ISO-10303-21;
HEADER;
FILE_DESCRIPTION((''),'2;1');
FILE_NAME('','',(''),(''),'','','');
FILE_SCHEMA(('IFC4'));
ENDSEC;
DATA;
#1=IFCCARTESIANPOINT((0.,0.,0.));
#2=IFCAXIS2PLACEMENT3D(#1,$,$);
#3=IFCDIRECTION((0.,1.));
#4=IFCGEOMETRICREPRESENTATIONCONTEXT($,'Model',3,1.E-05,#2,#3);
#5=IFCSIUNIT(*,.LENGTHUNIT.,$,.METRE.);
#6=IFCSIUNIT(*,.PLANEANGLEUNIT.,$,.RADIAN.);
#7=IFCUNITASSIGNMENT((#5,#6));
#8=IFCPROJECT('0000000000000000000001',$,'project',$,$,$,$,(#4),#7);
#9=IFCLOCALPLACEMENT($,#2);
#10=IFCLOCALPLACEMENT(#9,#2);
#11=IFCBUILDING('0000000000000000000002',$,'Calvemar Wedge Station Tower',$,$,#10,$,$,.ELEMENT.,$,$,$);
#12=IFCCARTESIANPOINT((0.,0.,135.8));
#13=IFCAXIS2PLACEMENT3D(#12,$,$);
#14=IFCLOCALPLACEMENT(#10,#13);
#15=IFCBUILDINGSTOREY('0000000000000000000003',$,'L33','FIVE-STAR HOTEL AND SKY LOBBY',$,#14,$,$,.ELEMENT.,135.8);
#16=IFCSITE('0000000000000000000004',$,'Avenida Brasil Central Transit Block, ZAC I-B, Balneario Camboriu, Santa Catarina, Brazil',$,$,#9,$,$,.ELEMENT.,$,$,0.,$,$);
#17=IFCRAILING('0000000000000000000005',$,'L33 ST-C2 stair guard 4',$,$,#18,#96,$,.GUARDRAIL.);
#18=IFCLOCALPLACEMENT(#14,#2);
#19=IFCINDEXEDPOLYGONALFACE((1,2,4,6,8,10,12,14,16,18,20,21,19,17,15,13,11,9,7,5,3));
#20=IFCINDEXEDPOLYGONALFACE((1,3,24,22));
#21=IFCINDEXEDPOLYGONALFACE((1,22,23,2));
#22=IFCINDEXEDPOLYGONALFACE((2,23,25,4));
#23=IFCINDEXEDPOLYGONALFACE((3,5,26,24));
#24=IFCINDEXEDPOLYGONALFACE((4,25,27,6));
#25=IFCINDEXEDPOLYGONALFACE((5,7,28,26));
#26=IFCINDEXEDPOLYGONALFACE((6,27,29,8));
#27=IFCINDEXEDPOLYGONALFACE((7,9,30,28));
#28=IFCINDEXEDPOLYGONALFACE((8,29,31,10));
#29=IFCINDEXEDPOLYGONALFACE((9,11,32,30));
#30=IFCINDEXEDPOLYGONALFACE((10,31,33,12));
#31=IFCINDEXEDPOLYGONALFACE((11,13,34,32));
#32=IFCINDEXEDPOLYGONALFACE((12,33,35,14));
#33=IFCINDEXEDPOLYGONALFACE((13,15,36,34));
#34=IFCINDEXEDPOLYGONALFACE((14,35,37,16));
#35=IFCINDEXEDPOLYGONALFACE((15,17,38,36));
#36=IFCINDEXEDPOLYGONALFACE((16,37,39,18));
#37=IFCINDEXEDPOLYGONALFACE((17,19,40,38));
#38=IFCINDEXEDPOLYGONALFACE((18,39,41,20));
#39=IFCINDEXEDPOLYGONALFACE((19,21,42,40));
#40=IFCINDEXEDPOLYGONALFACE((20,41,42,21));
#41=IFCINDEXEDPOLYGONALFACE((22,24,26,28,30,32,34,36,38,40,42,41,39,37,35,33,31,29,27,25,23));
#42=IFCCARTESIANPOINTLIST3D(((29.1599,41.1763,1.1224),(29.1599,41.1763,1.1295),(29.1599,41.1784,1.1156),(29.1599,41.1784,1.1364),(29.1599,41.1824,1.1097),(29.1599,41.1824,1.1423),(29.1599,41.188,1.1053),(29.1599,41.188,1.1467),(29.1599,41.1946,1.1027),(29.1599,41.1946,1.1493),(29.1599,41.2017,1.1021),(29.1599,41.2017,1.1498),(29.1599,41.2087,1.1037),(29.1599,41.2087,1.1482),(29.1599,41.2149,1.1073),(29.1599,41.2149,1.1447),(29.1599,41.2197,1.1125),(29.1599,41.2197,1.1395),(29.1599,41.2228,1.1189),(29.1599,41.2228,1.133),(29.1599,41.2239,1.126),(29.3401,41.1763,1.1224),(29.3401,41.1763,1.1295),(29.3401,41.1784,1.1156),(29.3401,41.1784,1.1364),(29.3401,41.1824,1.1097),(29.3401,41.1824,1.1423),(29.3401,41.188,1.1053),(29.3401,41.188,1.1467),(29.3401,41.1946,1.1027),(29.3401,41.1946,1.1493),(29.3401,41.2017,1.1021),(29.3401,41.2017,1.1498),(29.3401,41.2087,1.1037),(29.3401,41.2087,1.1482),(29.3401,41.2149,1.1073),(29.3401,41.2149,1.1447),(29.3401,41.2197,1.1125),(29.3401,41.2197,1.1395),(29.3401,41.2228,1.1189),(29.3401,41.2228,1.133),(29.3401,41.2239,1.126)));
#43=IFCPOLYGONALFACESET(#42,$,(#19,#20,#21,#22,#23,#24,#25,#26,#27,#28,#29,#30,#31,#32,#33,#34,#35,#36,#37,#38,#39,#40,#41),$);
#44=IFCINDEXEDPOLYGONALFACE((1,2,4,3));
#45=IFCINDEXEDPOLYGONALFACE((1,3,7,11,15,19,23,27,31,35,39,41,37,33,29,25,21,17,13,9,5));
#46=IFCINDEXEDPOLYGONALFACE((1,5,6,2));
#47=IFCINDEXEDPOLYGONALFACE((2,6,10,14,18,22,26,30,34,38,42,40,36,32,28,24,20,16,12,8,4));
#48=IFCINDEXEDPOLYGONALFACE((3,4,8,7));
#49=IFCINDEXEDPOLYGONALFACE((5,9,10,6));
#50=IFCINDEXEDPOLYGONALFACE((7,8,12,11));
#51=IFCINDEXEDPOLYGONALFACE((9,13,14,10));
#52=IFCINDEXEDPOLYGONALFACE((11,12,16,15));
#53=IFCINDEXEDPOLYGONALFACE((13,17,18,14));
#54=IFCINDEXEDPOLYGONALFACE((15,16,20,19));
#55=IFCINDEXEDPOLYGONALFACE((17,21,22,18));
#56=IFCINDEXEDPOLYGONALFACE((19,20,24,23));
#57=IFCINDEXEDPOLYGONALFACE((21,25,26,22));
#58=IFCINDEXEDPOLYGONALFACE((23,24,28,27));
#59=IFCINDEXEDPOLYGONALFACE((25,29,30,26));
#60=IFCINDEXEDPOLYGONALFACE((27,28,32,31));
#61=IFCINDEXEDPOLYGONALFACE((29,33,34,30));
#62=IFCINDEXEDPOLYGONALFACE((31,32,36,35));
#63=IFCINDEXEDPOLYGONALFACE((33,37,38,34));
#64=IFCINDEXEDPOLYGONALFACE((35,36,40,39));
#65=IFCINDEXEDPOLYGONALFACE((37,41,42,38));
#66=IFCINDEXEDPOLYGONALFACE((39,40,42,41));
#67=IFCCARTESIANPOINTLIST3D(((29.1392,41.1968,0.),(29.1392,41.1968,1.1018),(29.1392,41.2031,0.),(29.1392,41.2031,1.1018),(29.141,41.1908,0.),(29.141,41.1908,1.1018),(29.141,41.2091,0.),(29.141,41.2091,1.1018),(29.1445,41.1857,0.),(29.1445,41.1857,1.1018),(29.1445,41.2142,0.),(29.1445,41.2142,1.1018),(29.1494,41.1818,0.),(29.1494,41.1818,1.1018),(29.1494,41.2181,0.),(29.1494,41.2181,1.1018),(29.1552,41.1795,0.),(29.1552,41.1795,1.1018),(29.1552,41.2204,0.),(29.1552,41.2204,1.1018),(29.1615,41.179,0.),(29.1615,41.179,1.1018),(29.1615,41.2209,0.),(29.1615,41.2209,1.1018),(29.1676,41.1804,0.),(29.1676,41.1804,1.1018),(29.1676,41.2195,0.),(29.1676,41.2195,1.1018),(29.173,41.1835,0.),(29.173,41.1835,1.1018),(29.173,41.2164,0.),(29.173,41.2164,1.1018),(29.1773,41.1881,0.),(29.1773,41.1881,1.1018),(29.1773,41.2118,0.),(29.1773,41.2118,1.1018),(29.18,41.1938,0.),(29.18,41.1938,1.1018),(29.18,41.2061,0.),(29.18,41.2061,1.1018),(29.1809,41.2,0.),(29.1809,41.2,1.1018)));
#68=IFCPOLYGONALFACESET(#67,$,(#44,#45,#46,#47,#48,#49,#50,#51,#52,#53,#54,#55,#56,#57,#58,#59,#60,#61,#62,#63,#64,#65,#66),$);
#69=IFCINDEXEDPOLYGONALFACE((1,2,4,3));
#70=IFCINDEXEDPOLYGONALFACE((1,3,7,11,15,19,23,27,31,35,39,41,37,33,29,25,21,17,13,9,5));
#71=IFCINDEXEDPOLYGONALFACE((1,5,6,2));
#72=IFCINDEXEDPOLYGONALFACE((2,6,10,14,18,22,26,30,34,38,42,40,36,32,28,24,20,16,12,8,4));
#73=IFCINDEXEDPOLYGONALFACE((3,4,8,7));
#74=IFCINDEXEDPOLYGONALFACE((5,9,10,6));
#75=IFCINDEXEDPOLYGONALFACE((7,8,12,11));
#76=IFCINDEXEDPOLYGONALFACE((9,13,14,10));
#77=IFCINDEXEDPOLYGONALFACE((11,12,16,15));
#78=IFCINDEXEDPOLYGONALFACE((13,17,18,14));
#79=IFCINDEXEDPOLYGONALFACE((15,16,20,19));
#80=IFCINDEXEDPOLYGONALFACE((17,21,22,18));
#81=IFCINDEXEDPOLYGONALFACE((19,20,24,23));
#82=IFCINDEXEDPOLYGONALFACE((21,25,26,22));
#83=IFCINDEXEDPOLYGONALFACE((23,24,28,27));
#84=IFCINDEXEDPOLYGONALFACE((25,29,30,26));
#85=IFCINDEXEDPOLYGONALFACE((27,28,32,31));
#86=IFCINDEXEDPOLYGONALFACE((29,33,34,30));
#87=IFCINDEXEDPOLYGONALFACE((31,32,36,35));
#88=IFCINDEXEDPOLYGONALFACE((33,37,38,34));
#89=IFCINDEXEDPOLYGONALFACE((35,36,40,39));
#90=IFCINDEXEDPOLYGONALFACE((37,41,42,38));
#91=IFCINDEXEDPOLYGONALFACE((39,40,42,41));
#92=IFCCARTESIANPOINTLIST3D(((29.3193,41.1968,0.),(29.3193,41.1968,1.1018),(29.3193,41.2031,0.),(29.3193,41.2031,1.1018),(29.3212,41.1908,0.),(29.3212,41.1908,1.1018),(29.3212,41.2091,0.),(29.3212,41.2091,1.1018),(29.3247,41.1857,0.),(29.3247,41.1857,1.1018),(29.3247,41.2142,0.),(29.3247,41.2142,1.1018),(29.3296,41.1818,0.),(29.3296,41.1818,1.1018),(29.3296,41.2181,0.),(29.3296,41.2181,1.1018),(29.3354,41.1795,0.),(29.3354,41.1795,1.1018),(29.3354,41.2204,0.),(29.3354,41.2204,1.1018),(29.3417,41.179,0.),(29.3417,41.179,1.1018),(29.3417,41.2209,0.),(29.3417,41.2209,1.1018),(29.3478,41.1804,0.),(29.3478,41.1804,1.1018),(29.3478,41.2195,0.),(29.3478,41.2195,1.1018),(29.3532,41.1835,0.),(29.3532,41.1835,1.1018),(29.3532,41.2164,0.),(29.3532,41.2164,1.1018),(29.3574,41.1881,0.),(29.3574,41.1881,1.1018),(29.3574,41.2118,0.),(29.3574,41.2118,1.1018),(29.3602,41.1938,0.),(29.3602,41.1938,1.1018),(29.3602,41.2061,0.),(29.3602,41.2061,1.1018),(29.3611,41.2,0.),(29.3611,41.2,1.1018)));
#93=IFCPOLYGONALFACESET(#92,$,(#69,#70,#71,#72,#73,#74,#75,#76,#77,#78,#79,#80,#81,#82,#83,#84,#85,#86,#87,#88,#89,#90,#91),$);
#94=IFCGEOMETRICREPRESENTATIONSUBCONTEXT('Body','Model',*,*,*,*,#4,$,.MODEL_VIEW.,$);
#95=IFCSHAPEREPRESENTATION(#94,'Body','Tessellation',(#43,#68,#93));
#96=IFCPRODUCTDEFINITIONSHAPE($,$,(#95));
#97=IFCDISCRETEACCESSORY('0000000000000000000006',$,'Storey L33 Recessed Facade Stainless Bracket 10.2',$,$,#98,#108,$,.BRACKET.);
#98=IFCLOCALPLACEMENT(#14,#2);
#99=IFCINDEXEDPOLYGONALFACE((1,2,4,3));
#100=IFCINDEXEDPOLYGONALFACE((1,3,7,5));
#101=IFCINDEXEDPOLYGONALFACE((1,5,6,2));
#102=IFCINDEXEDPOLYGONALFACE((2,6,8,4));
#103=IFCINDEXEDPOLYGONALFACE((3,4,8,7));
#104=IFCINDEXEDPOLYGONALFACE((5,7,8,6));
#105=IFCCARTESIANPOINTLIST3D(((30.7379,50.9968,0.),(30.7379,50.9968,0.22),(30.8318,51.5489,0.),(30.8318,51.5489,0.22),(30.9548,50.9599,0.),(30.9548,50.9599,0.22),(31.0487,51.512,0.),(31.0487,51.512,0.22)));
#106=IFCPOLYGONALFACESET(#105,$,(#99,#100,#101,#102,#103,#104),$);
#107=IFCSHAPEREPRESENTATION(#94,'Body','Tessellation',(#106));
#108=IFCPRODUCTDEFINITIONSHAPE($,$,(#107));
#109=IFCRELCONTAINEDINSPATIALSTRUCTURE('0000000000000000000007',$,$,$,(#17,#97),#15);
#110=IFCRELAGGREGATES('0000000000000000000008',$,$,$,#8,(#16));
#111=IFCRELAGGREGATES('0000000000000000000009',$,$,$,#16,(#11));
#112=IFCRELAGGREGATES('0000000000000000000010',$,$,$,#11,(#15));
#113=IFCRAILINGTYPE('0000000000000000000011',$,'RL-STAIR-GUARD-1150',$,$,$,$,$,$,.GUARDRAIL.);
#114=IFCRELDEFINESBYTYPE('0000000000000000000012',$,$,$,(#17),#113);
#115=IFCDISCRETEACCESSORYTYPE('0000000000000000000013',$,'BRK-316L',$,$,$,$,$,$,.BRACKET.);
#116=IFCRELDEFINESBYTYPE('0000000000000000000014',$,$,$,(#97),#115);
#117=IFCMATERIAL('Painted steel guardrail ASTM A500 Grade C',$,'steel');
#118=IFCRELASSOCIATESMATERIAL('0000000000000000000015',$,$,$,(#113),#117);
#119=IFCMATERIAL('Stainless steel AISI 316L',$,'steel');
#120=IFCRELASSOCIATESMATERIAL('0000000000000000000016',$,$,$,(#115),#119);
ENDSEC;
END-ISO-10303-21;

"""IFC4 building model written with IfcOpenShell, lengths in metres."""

from ifc_helpers import new_model, si_unit, direction, frame, origin, origin_2d, place, context, subcontext, project, spatial, rectangle, circle, extrude, source, transform, mapped, material, type_object, element, save


model = new_model("IFC4")

# Units and contexts
model_context = context("Model", 3, precision=1e-05, world=origin(), true_north=direction((0.0, 1.0)))
body_context = subcontext(model_context, "Body", "Model", "MODEL_VIEW")
ifc_project = project(units=[si_unit("LENGTHUNIT", "METRE"), si_unit("PLANEANGLEUNIT", "RADIAN")], contexts=[model_context])

# Site, building, storey
site_placement = place(None, origin())
site = spatial("IfcSite", under=ifc_project, at=site_placement, Name="Avenida Brasil Central Transit Block, ZAC I-B, Balneario Camboriu, Santa Catarina, Brazil", CompositionType="ELEMENT", RefElevation=0.0)
building_placement = place(site_placement, origin())
building = spatial("IfcBuilding", under=site, at=building_placement, Name="Calvemar Wedge Station Tower", CompositionType="ELEMENT")
storey_placement = place(building_placement, frame((0.0, 0.0, 135.8)))
storey = spatial("IfcBuildingStorey", under=building, at=storey_placement, Name="L33", Description="FIVE-STAR HOTEL AND SKY LOBBY", CompositionType="ELEMENT", Elevation=135.8)

# Railing
ifc_material_1 = material(Name="Painted steel guardrail ASTM A500 Grade C", Category="steel")
railing_type = type_object("IfcRailingType", Name="RL-STAIR-GUARD-1150", PredefinedType="GUARDRAIL", material=ifc_material_1)
railing_1_placement = place(storey_placement, frame((29.1599, 41.2, 0.0)))
element("IfcRailing", 1, at=railing_1_placement, inside=storey, type_object=railing_type, Name="L33 ST-C2 stair guard 4", PredefinedType="GUARDRAIL", context=body_context, shape_type="SweptSolid", body=[
    extrude(circle(Radius=0.0239, at=origin_2d()), frame((0.0, 0.0, 1.126), z_axis=(1.0, 0.0, 0.0), x_axis=(0.0, 1.0, 0.0)), (0.0, 0.0, 1.0), 0.1802),
    extrude(circle(Radius=0.021, at=origin_2d()), origin(), (0.0, 0.0, 1.0), 1.1018),
    extrude(circle(Radius=0.021, at=origin_2d()), frame((0.1802, 0.0, 0.0)), (0.0, 0.0, 1.0), 1.1018),
])

# Discrete accessory
ifc_material_2 = material(Name="Stainless steel AISI 316L", Category="steel")
discrete_accessory_type = type_object("IfcDiscreteAccessoryType", Name="BRK-316L", PredefinedType="BRACKET", material=ifc_material_2)
shared_shape_1 = source(origin(), body_context, "Body", "SweptSolid", [
    extrude(rectangle(XDim=0.22, YDim=0.5601, at=origin_2d()), origin(), (0.0, 0.0, 1.0), 0.22),
])
discrete_accessory_placement = place(storey_placement, frame((30.8933, 51.2544, 0.0), z_axis=(0.0, 0.0, 1.0), x_axis=(-0.98585, 0.167629, 0.0)))
element("IfcDiscreteAccessory", 2, at=discrete_accessory_placement, inside=storey, type_object=discrete_accessory_type, Name="Storey L33 Recessed Facade Stainless Bracket 10.2", PredefinedType="BRACKET", context=body_context, shape_type="MappedRepresentation", body=[
    mapped(shared_shape_1, transform((0.0, 0.0, 0.0), scale=1.0)),
])

save(model, "model.ifc")
